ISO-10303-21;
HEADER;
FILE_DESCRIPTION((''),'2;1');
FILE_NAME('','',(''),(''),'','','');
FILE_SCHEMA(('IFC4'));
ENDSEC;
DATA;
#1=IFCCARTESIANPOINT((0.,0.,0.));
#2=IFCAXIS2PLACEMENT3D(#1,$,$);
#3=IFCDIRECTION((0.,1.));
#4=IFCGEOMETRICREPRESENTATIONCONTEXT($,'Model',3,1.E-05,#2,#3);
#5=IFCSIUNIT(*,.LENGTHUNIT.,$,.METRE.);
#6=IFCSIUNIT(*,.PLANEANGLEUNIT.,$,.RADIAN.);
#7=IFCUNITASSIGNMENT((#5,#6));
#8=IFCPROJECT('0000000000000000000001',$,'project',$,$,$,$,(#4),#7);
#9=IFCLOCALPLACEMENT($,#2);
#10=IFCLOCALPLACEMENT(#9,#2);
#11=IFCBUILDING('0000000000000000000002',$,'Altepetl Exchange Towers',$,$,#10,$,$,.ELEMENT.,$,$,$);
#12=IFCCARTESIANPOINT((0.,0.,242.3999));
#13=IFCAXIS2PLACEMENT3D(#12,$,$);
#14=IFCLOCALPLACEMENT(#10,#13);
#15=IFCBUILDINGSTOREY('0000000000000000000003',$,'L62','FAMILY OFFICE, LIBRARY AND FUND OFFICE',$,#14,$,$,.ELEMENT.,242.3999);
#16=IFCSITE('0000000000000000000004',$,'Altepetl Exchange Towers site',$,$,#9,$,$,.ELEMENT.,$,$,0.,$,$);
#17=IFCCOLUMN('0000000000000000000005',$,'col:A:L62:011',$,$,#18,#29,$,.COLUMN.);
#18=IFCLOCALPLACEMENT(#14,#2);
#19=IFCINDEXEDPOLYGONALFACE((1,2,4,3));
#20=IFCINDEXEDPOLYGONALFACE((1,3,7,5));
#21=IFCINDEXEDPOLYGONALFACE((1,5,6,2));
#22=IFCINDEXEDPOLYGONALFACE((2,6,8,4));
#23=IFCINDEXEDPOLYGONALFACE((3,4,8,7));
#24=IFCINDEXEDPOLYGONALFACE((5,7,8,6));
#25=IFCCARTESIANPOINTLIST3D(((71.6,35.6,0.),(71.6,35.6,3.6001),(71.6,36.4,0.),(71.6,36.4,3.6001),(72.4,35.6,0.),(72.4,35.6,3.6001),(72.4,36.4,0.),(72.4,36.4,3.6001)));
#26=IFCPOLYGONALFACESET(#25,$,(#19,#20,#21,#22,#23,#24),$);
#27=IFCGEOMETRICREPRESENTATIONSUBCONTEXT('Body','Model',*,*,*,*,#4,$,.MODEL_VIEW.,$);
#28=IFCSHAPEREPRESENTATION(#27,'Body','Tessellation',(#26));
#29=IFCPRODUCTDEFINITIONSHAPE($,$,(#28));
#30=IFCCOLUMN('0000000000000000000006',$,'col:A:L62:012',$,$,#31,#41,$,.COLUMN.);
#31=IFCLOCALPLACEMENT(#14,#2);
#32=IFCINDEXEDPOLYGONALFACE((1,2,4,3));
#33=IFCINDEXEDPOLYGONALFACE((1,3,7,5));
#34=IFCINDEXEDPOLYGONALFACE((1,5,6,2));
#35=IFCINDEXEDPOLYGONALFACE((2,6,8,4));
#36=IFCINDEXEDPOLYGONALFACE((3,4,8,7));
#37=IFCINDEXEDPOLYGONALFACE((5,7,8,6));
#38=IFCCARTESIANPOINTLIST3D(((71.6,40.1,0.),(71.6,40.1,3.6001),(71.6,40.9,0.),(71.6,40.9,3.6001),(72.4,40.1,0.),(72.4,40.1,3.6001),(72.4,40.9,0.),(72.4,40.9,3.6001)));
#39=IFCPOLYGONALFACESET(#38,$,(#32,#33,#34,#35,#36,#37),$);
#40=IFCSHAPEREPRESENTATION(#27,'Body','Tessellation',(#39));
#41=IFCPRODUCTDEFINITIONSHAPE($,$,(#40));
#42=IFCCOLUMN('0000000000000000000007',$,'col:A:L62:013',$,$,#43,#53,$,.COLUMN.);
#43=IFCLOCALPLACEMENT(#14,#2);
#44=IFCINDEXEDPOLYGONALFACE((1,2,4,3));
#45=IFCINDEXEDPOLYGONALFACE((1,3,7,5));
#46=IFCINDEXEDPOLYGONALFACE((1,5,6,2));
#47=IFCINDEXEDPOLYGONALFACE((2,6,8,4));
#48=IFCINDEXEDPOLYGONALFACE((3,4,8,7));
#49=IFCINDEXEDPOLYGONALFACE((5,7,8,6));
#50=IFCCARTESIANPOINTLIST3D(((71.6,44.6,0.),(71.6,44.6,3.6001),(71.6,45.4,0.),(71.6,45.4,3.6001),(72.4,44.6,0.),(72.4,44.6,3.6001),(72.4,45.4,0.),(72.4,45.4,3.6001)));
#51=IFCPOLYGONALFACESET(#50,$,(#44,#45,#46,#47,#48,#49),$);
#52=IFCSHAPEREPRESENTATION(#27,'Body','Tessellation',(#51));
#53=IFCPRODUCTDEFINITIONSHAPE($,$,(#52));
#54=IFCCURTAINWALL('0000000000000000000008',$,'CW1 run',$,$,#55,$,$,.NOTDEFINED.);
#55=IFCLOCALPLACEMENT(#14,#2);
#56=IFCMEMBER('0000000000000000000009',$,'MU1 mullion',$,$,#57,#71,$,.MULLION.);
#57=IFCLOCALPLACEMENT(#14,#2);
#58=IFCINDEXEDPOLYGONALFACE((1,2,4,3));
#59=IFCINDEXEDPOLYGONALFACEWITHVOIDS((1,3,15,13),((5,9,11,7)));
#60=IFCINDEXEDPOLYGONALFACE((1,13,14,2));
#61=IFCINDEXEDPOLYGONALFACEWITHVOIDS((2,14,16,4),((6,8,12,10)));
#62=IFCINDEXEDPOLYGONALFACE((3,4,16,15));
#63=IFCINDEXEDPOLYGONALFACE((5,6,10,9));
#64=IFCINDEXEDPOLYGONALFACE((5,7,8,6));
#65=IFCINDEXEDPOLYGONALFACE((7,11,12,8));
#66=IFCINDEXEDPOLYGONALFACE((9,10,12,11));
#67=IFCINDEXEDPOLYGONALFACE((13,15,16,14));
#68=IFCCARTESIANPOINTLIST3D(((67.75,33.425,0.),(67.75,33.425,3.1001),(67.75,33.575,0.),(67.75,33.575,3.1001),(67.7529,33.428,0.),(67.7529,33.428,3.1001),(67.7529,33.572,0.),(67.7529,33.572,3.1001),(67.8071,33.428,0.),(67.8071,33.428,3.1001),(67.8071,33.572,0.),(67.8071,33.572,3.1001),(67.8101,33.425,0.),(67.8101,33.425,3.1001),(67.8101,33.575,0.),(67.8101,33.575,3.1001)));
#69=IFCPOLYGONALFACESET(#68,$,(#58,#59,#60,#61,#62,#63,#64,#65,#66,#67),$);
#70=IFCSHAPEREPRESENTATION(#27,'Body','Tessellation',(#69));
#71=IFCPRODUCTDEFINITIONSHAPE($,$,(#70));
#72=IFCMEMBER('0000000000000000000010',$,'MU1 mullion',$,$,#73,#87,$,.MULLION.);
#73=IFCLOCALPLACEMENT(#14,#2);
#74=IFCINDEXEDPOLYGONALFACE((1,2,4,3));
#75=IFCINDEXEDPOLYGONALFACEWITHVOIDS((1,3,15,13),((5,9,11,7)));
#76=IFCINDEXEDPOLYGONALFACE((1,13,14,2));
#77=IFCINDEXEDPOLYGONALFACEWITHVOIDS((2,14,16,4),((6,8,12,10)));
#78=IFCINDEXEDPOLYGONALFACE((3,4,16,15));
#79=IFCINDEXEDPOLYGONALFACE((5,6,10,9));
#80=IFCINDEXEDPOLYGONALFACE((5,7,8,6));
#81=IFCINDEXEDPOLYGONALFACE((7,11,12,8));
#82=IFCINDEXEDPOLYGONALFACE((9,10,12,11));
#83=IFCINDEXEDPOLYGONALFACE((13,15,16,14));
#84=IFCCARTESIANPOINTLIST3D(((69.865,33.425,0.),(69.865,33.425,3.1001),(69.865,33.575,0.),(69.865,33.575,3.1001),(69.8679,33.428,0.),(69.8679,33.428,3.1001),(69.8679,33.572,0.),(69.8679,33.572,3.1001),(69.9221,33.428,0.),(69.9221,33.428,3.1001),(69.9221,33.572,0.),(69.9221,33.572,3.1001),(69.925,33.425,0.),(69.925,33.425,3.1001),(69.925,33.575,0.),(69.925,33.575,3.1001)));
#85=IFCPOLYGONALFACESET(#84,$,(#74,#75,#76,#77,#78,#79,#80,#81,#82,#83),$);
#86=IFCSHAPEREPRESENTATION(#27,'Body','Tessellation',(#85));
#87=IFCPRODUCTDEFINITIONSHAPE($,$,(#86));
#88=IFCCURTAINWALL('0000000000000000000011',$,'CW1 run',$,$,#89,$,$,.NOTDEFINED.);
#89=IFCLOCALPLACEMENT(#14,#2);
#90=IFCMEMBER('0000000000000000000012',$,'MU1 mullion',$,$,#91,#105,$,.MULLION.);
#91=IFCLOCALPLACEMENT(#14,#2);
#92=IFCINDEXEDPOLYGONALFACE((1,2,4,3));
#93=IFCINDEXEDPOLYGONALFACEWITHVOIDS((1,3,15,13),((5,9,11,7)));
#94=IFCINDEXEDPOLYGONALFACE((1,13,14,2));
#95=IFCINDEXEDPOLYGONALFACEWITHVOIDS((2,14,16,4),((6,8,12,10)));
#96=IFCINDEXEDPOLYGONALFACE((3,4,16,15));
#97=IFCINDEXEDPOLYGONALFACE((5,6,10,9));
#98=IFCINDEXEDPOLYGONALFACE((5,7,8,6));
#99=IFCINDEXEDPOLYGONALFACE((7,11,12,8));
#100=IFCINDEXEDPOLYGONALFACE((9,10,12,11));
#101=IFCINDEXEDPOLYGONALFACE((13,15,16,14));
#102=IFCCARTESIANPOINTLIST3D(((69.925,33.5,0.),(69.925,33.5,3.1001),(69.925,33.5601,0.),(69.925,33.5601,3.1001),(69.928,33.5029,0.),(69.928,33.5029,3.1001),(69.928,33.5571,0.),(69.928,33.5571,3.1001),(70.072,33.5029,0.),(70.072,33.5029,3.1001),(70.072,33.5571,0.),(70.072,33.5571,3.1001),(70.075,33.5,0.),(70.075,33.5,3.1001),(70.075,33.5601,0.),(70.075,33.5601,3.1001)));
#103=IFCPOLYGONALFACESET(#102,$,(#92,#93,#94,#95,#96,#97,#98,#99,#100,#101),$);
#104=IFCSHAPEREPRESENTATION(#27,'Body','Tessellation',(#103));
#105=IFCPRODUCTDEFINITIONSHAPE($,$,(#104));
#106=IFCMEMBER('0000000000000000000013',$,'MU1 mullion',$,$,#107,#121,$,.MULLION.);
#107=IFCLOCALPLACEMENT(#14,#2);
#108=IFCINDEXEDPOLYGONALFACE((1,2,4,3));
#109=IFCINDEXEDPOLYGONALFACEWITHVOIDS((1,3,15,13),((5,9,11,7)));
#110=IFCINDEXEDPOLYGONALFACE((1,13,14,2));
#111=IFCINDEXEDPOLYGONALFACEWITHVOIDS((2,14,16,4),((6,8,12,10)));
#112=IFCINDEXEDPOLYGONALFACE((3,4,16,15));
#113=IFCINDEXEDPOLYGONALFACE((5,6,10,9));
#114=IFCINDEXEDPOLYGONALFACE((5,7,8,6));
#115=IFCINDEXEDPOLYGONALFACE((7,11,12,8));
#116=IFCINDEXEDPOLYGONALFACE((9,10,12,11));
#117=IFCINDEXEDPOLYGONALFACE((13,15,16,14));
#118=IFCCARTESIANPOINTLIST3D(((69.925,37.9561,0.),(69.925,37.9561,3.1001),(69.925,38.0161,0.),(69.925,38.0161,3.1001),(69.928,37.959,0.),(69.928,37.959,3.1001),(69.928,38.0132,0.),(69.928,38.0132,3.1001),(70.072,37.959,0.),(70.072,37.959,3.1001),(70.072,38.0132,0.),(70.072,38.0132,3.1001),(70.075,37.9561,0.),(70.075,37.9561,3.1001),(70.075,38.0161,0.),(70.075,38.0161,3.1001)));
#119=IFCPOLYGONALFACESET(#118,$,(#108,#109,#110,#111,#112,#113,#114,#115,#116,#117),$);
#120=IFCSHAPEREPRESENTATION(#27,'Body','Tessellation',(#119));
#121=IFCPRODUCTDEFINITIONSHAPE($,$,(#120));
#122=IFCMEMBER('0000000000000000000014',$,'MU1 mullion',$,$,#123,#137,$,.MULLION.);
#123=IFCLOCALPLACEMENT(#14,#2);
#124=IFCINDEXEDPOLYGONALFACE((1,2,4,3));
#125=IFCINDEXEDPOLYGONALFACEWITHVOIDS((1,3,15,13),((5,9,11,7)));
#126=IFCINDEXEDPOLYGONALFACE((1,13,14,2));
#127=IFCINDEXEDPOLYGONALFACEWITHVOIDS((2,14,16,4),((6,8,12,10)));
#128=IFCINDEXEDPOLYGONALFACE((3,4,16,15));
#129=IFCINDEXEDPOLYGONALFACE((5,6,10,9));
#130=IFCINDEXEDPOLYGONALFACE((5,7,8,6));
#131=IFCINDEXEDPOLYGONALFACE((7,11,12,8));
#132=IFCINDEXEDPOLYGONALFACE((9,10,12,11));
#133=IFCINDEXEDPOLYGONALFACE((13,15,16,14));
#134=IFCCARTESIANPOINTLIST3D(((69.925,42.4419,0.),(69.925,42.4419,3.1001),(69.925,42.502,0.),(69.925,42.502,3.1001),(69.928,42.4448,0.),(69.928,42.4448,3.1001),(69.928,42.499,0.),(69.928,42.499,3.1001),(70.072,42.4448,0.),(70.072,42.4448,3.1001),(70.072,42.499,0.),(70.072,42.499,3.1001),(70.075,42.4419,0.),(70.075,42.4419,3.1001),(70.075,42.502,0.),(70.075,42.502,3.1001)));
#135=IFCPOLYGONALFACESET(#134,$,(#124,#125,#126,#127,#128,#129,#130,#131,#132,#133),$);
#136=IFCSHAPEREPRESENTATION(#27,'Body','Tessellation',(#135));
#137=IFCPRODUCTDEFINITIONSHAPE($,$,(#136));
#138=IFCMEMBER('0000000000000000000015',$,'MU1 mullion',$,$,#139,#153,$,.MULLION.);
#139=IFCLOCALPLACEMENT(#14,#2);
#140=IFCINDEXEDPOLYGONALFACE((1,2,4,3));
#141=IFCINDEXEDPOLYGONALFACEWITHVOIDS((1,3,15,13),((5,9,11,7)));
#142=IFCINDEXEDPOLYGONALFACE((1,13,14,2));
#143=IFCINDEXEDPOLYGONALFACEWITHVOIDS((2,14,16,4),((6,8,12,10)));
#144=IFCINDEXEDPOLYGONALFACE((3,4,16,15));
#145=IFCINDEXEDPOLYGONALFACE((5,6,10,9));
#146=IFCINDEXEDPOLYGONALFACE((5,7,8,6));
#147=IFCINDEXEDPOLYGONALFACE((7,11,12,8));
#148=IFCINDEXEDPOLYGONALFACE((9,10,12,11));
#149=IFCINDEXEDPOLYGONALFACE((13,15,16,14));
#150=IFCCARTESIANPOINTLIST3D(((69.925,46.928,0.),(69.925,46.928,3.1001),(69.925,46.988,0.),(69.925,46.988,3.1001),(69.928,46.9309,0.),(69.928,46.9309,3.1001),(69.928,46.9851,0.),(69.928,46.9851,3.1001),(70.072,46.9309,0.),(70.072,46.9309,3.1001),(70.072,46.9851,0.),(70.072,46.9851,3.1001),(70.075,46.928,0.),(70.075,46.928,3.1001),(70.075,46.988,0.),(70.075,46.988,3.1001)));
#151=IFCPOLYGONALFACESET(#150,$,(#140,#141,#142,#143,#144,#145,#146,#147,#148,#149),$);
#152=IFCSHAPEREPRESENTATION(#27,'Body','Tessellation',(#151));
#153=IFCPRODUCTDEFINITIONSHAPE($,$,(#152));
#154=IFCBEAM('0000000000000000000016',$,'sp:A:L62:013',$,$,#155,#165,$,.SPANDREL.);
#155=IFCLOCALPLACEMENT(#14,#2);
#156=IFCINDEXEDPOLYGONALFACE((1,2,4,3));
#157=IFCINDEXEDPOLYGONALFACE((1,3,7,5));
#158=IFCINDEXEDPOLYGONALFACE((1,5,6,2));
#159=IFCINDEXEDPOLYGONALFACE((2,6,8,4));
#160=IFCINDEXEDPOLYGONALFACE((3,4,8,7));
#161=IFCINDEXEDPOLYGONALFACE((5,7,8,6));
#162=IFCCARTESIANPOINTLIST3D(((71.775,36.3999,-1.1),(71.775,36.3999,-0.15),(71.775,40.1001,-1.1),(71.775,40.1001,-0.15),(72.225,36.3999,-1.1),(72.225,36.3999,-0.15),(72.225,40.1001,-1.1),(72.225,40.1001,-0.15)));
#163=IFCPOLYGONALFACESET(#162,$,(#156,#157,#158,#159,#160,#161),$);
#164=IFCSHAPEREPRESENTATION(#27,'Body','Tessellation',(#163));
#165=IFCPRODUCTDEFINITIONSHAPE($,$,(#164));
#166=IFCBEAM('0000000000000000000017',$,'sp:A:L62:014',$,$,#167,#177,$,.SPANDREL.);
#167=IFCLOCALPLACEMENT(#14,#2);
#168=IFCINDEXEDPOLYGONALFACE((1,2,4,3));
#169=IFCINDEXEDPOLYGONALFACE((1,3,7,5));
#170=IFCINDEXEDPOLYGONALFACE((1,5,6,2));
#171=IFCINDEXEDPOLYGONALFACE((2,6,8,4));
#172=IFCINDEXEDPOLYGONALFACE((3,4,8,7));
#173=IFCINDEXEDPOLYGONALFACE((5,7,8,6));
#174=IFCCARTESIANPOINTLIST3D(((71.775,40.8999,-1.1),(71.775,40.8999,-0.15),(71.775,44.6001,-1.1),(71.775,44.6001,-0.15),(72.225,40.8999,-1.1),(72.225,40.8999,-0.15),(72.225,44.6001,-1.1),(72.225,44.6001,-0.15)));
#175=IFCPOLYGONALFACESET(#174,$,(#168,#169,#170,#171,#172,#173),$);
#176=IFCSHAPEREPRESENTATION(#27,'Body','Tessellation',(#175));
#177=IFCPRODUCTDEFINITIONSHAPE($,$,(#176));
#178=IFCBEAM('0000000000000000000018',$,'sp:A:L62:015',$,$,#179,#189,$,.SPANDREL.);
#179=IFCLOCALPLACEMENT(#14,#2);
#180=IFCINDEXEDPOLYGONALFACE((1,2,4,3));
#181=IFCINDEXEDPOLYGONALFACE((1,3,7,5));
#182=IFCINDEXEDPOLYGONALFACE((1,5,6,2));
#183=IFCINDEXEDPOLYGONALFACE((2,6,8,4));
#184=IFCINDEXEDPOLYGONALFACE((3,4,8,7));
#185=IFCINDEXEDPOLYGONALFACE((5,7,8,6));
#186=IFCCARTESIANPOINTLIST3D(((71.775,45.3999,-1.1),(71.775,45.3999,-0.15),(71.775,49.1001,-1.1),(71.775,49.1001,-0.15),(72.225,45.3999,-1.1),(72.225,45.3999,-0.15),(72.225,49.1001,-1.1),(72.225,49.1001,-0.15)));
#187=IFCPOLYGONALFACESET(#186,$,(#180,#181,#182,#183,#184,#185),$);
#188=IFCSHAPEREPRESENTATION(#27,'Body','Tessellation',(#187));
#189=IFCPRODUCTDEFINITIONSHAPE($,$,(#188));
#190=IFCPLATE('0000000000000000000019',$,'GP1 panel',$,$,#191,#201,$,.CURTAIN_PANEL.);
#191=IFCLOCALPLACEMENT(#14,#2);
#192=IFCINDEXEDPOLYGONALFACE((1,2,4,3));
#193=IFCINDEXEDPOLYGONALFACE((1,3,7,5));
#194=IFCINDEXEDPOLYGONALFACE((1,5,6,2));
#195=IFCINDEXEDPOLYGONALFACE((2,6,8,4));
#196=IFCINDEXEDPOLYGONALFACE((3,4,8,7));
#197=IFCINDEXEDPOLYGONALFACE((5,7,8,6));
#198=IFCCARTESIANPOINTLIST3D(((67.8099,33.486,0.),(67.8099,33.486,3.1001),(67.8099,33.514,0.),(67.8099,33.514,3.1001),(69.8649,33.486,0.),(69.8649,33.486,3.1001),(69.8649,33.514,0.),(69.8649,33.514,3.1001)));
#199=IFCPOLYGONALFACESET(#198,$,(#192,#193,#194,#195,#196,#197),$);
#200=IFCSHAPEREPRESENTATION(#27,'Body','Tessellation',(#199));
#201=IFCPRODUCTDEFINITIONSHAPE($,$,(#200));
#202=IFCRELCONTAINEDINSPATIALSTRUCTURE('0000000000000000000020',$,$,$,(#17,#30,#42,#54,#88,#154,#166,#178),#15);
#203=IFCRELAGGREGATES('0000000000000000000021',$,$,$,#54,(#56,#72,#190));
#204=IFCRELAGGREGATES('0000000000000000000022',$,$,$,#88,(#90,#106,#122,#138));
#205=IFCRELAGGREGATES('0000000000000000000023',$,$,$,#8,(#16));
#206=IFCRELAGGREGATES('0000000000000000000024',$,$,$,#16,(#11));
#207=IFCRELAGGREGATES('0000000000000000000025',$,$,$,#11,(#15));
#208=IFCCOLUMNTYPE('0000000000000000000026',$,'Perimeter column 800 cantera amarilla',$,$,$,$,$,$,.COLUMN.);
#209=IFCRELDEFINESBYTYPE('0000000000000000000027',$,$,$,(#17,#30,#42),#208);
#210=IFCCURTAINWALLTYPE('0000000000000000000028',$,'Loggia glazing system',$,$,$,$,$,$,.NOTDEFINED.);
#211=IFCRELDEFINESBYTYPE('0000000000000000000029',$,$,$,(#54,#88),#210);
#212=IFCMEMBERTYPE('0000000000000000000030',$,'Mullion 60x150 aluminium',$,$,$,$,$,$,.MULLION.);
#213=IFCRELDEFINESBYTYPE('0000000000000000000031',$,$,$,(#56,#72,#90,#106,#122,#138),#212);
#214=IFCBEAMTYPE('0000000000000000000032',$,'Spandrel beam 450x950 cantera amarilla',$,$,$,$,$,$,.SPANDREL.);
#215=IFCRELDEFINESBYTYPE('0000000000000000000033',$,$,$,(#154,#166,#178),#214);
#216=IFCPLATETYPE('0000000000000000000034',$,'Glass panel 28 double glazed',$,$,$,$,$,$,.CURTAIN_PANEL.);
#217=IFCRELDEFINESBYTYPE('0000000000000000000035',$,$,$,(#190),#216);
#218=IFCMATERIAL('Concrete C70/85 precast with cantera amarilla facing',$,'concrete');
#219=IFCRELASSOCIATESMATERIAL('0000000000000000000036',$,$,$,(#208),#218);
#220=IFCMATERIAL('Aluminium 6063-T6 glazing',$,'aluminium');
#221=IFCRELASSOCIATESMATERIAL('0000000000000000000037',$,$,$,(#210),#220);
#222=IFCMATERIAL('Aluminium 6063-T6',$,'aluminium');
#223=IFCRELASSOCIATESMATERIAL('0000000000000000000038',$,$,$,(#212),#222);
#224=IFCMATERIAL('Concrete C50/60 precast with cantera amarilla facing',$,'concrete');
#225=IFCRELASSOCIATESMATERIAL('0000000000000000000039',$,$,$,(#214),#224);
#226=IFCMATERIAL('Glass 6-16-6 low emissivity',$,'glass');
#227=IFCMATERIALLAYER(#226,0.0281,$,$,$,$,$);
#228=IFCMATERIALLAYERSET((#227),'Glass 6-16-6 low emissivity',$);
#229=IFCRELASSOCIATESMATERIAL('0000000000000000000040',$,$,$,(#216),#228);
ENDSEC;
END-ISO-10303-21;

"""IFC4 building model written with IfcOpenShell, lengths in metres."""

from ifc_helpers import new_model, si_unit, direction, frame, origin, origin_2d, place, context, subcontext, project, spatial, rectangle, hollow_rectangle, extrude, material, layer, layer_set, material_profile, profile_set, type_object, element, aggregate, save


model = new_model("IFC4")

# Units and contexts
model_context = context("Model", 3, precision=1e-05, world=origin(), true_north=direction((0.0, 1.0)))
body_context = subcontext(model_context, "Body", "Model", "MODEL_VIEW")
ifc_project = project(units=[si_unit("LENGTHUNIT", "METRE"), si_unit("PLANEANGLEUNIT", "RADIAN")], contexts=[model_context])

# Site, building, storey
site_placement = place(None, origin())
site = spatial("IfcSite", under=ifc_project, at=site_placement, Name="Altepetl Exchange Towers site", CompositionType="ELEMENT", RefElevation=0.0)
building_placement = place(site_placement, origin())
building = spatial("IfcBuilding", under=site, at=building_placement, Name="Altepetl Exchange Towers", CompositionType="ELEMENT")
storey_placement = place(building_placement, frame((0.0, 0.0, 242.3999)))
storey = spatial("IfcBuildingStorey", under=building, at=storey_placement, Name="L62", Description="FAMILY OFFICE, LIBRARY AND FUND OFFICE", CompositionType="ELEMENT", Elevation=242.3999)

# Columns
ifc_material_1 = material(Name="Concrete C70/85 precast with cantera amarilla facing", Category="concrete")
ifc_material_profile_1 = material_profile(ifc_material_1, rectangle(XDim=0.8, YDim=0.8, at=origin_2d()), Name="800 x 800")
ifc_profile_set_1 = profile_set([ifc_material_profile_1], Name="Concrete C70/85 precast with cantera amarilla facing")
column_type = type_object("IfcColumnType", Name="Perimeter column 800 cantera amarilla", PredefinedType="COLUMN", material=ifc_profile_set_1)
for number, where, name in (
    (1, (72.0, 36.0, 0.0), "col:A:L62:011"),
    (2, (72.0, 40.5, 0.0), "col:A:L62:012"),
    (3, (72.0, 45.0, 0.0), "col:A:L62:013"),
):
    element("IfcColumn", number, at=place(storey_placement, frame(where)), inside=storey, type_object=column_type, Name=name, PredefinedType="COLUMN", context=body_context, shape_type="SweptSolid", body=[
        extrude(rectangle(XDim=0.8, YDim=0.8, at=origin_2d()), origin(), (0.0, 0.0, 1.0), 3.6001),
    ])

# Curtain walls, members
ifc_material_2 = material(Name="Aluminium 6063-T6 glazing", Category="aluminium")
curtain_wall_type = type_object("IfcCurtainWallType", Name="Loggia glazing system", PredefinedType="NOTDEFINED", material=ifc_material_2)
curtain_wall_1_placement = place(storey_placement, origin())
curtain_wall_1 = element("IfcCurtainWall", 4, at=curtain_wall_1_placement, inside=storey, type_object=curtain_wall_type, Name="CW1 run", PredefinedType="NOTDEFINED")
ifc_material_3 = material(Name="Aluminium 6063-T6", Category="aluminium")
ifc_material_profile_2 = material_profile(ifc_material_3, hollow_rectangle(XDim=0.0601, YDim=0.1499, WallThickness=0.0029, at=origin_2d()), Name="Mullion 60x150 aluminium")
ifc_profile_set_2 = profile_set([ifc_material_profile_2], Name="Aluminium 6063-T6")
member_type = type_object("IfcMemberType", Name="Mullion 60x150 aluminium", PredefinedType="MULLION", material=ifc_profile_set_2)
member_1_placement = place(storey_placement, frame((67.78, 33.5, 0.0)))
member_1 = element("IfcMember", 5, at=member_1_placement, type_object=member_type, Name="MU1 mullion", PredefinedType="MULLION", context=body_context, shape_type="SweptSolid", body=[
    extrude(hollow_rectangle(XDim=0.0601, YDim=0.1499, WallThickness=0.0029, at=origin_2d()), origin(), (0.0, 0.0, 1.0), 3.1001),
])
member_2_placement = place(storey_placement, frame((69.895, 33.5, 0.0)))
member_2 = element("IfcMember", 6, at=member_2_placement, type_object=member_type, Name="MU1 mullion", PredefinedType="MULLION", context=body_context, shape_type="SweptSolid", body=[
    extrude(hollow_rectangle(XDim=0.0601, YDim=0.1499, WallThickness=0.0029, at=origin_2d()), origin(), (0.0, 0.0, 1.0), 3.1001),
])
curtain_wall_2_placement = place(storey_placement, origin())
curtain_wall_2 = element("IfcCurtainWall", 7, at=curtain_wall_2_placement, inside=storey, type_object=curtain_wall_type, Name="CW1 run", PredefinedType="NOTDEFINED")
member_3_placement = place(storey_placement, frame((70.0, 33.53, 0.0), z_axis=(0.0, 0.0, 1.0), x_axis=(0.0, 1.0, 0.0)))
member_3 = element("IfcMember", 8, at=member_3_placement, type_object=member_type, Name="MU1 mullion", PredefinedType="MULLION", context=body_context, shape_type="SweptSolid", body=[
    extrude(hollow_rectangle(XDim=0.0601, YDim=0.1499, WallThickness=0.0029, at=origin_2d()), origin(), (0.0, 0.0, 1.0), 3.1001),
])
member_4_placement = place(storey_placement, frame((70.0, 37.9861, 0.0), z_axis=(0.0, 0.0, 1.0), x_axis=(0.0, 1.0, 0.0)))
member_4 = element("IfcMember", 9, at=member_4_placement, type_object=member_type, Name="MU1 mullion", PredefinedType="MULLION", context=body_context, shape_type="SweptSolid", body=[
    extrude(hollow_rectangle(XDim=0.0601, YDim=0.1499, WallThickness=0.0029, at=origin_2d()), origin(), (0.0, 0.0, 1.0), 3.1001),
])
member_5_placement = place(storey_placement, frame((70.0, 42.4719, 0.0), z_axis=(0.0, 0.0, 1.0), x_axis=(0.0, 1.0, 0.0)))
member_5 = element("IfcMember", 10, at=member_5_placement, type_object=member_type, Name="MU1 mullion", PredefinedType="MULLION", context=body_context, shape_type="SweptSolid", body=[
    extrude(hollow_rectangle(XDim=0.0601, YDim=0.1499, WallThickness=0.0029, at=origin_2d()), origin(), (0.0, 0.0, 1.0), 3.1001),
])
member_6_placement = place(storey_placement, frame((70.0, 46.958, 0.0), z_axis=(0.0, 0.0, 1.0), x_axis=(0.0, 1.0, 0.0)))
member_6 = element("IfcMember", 11, at=member_6_placement, type_object=member_type, Name="MU1 mullion", PredefinedType="MULLION", context=body_context, shape_type="SweptSolid", body=[
    extrude(hollow_rectangle(XDim=0.0601, YDim=0.1499, WallThickness=0.0029, at=origin_2d()), origin(), (0.0, 0.0, 1.0), 3.1001),
])

# Beams
ifc_material_4 = material(Name="Concrete C50/60 precast with cantera amarilla facing", Category="concrete")
ifc_material_profile_3 = material_profile(ifc_material_4, rectangle(XDim=0.45, YDim=0.95, at=origin_2d()), Name="450 x 950")
ifc_profile_set_3 = profile_set([ifc_material_profile_3], Name="Concrete C50/60 precast with cantera amarilla facing")
beam_type = type_object("IfcBeamType", Name="Spandrel beam 450x950 cantera amarilla", PredefinedType="SPANDREL", material=ifc_profile_set_3)
for number, where, z_axis, x_axis, name in (
    (12, (72.0, 36.3999, -0.625), (0.0, 1.0, 0.0), (-1.0, 0.0, 0.0), "sp:A:L62:013"),
    (13, (72.0, 40.8999, -0.625), (0.0, 1.0, 0.0), (-1.0, 0.0, 0.0), "sp:A:L62:014"),
    (14, (72.0, 45.3999, -0.625), (0.0, 1.0, 0.0), (-1.0, 0.0, 0.0), "sp:A:L62:015"),
):
    element("IfcBeam", number, at=place(storey_placement, frame(where, z_axis=z_axis, x_axis=x_axis)), inside=storey, type_object=beam_type, Name=name, PredefinedType="SPANDREL", context=body_context, shape_type="SweptSolid", body=[
        extrude(rectangle(XDim=0.45, YDim=0.95, at=origin_2d()), origin(), (0.0, 0.0, 1.0), 3.7002),
    ])

# Plate
ifc_material_5 = material(Name="Glass 6-16-6 low emissivity", Category="glass")
ifc_layer = layer(ifc_material_5, 0.0281)
ifc_layer_set = layer_set([ifc_layer], Name="Glass 6-16-6 low emissivity")
plate_type = type_object("IfcPlateType", Name="Glass panel 28 double glazed", PredefinedType="CURTAIN_PANEL", material=ifc_layer_set)
plate_1_placement = place(storey_placement, frame((68.8374, 33.5, 0.0)))
plate_1 = element("IfcPlate", 15, at=plate_1_placement, type_object=plate_type, Name="GP1 panel", PredefinedType="CURTAIN_PANEL", context=body_context, shape_type="SweptSolid", body=[
    extrude(rectangle(XDim=2.0549, YDim=0.0281, at=origin_2d()), origin(), (0.0, 0.0, 1.0), 3.1001),
])
aggregate(curtain_wall_1, [member_1, member_2, plate_1])
aggregate(curtain_wall_2, [member_3, member_4, member_5, member_6])

save(model, "model.ifc")
